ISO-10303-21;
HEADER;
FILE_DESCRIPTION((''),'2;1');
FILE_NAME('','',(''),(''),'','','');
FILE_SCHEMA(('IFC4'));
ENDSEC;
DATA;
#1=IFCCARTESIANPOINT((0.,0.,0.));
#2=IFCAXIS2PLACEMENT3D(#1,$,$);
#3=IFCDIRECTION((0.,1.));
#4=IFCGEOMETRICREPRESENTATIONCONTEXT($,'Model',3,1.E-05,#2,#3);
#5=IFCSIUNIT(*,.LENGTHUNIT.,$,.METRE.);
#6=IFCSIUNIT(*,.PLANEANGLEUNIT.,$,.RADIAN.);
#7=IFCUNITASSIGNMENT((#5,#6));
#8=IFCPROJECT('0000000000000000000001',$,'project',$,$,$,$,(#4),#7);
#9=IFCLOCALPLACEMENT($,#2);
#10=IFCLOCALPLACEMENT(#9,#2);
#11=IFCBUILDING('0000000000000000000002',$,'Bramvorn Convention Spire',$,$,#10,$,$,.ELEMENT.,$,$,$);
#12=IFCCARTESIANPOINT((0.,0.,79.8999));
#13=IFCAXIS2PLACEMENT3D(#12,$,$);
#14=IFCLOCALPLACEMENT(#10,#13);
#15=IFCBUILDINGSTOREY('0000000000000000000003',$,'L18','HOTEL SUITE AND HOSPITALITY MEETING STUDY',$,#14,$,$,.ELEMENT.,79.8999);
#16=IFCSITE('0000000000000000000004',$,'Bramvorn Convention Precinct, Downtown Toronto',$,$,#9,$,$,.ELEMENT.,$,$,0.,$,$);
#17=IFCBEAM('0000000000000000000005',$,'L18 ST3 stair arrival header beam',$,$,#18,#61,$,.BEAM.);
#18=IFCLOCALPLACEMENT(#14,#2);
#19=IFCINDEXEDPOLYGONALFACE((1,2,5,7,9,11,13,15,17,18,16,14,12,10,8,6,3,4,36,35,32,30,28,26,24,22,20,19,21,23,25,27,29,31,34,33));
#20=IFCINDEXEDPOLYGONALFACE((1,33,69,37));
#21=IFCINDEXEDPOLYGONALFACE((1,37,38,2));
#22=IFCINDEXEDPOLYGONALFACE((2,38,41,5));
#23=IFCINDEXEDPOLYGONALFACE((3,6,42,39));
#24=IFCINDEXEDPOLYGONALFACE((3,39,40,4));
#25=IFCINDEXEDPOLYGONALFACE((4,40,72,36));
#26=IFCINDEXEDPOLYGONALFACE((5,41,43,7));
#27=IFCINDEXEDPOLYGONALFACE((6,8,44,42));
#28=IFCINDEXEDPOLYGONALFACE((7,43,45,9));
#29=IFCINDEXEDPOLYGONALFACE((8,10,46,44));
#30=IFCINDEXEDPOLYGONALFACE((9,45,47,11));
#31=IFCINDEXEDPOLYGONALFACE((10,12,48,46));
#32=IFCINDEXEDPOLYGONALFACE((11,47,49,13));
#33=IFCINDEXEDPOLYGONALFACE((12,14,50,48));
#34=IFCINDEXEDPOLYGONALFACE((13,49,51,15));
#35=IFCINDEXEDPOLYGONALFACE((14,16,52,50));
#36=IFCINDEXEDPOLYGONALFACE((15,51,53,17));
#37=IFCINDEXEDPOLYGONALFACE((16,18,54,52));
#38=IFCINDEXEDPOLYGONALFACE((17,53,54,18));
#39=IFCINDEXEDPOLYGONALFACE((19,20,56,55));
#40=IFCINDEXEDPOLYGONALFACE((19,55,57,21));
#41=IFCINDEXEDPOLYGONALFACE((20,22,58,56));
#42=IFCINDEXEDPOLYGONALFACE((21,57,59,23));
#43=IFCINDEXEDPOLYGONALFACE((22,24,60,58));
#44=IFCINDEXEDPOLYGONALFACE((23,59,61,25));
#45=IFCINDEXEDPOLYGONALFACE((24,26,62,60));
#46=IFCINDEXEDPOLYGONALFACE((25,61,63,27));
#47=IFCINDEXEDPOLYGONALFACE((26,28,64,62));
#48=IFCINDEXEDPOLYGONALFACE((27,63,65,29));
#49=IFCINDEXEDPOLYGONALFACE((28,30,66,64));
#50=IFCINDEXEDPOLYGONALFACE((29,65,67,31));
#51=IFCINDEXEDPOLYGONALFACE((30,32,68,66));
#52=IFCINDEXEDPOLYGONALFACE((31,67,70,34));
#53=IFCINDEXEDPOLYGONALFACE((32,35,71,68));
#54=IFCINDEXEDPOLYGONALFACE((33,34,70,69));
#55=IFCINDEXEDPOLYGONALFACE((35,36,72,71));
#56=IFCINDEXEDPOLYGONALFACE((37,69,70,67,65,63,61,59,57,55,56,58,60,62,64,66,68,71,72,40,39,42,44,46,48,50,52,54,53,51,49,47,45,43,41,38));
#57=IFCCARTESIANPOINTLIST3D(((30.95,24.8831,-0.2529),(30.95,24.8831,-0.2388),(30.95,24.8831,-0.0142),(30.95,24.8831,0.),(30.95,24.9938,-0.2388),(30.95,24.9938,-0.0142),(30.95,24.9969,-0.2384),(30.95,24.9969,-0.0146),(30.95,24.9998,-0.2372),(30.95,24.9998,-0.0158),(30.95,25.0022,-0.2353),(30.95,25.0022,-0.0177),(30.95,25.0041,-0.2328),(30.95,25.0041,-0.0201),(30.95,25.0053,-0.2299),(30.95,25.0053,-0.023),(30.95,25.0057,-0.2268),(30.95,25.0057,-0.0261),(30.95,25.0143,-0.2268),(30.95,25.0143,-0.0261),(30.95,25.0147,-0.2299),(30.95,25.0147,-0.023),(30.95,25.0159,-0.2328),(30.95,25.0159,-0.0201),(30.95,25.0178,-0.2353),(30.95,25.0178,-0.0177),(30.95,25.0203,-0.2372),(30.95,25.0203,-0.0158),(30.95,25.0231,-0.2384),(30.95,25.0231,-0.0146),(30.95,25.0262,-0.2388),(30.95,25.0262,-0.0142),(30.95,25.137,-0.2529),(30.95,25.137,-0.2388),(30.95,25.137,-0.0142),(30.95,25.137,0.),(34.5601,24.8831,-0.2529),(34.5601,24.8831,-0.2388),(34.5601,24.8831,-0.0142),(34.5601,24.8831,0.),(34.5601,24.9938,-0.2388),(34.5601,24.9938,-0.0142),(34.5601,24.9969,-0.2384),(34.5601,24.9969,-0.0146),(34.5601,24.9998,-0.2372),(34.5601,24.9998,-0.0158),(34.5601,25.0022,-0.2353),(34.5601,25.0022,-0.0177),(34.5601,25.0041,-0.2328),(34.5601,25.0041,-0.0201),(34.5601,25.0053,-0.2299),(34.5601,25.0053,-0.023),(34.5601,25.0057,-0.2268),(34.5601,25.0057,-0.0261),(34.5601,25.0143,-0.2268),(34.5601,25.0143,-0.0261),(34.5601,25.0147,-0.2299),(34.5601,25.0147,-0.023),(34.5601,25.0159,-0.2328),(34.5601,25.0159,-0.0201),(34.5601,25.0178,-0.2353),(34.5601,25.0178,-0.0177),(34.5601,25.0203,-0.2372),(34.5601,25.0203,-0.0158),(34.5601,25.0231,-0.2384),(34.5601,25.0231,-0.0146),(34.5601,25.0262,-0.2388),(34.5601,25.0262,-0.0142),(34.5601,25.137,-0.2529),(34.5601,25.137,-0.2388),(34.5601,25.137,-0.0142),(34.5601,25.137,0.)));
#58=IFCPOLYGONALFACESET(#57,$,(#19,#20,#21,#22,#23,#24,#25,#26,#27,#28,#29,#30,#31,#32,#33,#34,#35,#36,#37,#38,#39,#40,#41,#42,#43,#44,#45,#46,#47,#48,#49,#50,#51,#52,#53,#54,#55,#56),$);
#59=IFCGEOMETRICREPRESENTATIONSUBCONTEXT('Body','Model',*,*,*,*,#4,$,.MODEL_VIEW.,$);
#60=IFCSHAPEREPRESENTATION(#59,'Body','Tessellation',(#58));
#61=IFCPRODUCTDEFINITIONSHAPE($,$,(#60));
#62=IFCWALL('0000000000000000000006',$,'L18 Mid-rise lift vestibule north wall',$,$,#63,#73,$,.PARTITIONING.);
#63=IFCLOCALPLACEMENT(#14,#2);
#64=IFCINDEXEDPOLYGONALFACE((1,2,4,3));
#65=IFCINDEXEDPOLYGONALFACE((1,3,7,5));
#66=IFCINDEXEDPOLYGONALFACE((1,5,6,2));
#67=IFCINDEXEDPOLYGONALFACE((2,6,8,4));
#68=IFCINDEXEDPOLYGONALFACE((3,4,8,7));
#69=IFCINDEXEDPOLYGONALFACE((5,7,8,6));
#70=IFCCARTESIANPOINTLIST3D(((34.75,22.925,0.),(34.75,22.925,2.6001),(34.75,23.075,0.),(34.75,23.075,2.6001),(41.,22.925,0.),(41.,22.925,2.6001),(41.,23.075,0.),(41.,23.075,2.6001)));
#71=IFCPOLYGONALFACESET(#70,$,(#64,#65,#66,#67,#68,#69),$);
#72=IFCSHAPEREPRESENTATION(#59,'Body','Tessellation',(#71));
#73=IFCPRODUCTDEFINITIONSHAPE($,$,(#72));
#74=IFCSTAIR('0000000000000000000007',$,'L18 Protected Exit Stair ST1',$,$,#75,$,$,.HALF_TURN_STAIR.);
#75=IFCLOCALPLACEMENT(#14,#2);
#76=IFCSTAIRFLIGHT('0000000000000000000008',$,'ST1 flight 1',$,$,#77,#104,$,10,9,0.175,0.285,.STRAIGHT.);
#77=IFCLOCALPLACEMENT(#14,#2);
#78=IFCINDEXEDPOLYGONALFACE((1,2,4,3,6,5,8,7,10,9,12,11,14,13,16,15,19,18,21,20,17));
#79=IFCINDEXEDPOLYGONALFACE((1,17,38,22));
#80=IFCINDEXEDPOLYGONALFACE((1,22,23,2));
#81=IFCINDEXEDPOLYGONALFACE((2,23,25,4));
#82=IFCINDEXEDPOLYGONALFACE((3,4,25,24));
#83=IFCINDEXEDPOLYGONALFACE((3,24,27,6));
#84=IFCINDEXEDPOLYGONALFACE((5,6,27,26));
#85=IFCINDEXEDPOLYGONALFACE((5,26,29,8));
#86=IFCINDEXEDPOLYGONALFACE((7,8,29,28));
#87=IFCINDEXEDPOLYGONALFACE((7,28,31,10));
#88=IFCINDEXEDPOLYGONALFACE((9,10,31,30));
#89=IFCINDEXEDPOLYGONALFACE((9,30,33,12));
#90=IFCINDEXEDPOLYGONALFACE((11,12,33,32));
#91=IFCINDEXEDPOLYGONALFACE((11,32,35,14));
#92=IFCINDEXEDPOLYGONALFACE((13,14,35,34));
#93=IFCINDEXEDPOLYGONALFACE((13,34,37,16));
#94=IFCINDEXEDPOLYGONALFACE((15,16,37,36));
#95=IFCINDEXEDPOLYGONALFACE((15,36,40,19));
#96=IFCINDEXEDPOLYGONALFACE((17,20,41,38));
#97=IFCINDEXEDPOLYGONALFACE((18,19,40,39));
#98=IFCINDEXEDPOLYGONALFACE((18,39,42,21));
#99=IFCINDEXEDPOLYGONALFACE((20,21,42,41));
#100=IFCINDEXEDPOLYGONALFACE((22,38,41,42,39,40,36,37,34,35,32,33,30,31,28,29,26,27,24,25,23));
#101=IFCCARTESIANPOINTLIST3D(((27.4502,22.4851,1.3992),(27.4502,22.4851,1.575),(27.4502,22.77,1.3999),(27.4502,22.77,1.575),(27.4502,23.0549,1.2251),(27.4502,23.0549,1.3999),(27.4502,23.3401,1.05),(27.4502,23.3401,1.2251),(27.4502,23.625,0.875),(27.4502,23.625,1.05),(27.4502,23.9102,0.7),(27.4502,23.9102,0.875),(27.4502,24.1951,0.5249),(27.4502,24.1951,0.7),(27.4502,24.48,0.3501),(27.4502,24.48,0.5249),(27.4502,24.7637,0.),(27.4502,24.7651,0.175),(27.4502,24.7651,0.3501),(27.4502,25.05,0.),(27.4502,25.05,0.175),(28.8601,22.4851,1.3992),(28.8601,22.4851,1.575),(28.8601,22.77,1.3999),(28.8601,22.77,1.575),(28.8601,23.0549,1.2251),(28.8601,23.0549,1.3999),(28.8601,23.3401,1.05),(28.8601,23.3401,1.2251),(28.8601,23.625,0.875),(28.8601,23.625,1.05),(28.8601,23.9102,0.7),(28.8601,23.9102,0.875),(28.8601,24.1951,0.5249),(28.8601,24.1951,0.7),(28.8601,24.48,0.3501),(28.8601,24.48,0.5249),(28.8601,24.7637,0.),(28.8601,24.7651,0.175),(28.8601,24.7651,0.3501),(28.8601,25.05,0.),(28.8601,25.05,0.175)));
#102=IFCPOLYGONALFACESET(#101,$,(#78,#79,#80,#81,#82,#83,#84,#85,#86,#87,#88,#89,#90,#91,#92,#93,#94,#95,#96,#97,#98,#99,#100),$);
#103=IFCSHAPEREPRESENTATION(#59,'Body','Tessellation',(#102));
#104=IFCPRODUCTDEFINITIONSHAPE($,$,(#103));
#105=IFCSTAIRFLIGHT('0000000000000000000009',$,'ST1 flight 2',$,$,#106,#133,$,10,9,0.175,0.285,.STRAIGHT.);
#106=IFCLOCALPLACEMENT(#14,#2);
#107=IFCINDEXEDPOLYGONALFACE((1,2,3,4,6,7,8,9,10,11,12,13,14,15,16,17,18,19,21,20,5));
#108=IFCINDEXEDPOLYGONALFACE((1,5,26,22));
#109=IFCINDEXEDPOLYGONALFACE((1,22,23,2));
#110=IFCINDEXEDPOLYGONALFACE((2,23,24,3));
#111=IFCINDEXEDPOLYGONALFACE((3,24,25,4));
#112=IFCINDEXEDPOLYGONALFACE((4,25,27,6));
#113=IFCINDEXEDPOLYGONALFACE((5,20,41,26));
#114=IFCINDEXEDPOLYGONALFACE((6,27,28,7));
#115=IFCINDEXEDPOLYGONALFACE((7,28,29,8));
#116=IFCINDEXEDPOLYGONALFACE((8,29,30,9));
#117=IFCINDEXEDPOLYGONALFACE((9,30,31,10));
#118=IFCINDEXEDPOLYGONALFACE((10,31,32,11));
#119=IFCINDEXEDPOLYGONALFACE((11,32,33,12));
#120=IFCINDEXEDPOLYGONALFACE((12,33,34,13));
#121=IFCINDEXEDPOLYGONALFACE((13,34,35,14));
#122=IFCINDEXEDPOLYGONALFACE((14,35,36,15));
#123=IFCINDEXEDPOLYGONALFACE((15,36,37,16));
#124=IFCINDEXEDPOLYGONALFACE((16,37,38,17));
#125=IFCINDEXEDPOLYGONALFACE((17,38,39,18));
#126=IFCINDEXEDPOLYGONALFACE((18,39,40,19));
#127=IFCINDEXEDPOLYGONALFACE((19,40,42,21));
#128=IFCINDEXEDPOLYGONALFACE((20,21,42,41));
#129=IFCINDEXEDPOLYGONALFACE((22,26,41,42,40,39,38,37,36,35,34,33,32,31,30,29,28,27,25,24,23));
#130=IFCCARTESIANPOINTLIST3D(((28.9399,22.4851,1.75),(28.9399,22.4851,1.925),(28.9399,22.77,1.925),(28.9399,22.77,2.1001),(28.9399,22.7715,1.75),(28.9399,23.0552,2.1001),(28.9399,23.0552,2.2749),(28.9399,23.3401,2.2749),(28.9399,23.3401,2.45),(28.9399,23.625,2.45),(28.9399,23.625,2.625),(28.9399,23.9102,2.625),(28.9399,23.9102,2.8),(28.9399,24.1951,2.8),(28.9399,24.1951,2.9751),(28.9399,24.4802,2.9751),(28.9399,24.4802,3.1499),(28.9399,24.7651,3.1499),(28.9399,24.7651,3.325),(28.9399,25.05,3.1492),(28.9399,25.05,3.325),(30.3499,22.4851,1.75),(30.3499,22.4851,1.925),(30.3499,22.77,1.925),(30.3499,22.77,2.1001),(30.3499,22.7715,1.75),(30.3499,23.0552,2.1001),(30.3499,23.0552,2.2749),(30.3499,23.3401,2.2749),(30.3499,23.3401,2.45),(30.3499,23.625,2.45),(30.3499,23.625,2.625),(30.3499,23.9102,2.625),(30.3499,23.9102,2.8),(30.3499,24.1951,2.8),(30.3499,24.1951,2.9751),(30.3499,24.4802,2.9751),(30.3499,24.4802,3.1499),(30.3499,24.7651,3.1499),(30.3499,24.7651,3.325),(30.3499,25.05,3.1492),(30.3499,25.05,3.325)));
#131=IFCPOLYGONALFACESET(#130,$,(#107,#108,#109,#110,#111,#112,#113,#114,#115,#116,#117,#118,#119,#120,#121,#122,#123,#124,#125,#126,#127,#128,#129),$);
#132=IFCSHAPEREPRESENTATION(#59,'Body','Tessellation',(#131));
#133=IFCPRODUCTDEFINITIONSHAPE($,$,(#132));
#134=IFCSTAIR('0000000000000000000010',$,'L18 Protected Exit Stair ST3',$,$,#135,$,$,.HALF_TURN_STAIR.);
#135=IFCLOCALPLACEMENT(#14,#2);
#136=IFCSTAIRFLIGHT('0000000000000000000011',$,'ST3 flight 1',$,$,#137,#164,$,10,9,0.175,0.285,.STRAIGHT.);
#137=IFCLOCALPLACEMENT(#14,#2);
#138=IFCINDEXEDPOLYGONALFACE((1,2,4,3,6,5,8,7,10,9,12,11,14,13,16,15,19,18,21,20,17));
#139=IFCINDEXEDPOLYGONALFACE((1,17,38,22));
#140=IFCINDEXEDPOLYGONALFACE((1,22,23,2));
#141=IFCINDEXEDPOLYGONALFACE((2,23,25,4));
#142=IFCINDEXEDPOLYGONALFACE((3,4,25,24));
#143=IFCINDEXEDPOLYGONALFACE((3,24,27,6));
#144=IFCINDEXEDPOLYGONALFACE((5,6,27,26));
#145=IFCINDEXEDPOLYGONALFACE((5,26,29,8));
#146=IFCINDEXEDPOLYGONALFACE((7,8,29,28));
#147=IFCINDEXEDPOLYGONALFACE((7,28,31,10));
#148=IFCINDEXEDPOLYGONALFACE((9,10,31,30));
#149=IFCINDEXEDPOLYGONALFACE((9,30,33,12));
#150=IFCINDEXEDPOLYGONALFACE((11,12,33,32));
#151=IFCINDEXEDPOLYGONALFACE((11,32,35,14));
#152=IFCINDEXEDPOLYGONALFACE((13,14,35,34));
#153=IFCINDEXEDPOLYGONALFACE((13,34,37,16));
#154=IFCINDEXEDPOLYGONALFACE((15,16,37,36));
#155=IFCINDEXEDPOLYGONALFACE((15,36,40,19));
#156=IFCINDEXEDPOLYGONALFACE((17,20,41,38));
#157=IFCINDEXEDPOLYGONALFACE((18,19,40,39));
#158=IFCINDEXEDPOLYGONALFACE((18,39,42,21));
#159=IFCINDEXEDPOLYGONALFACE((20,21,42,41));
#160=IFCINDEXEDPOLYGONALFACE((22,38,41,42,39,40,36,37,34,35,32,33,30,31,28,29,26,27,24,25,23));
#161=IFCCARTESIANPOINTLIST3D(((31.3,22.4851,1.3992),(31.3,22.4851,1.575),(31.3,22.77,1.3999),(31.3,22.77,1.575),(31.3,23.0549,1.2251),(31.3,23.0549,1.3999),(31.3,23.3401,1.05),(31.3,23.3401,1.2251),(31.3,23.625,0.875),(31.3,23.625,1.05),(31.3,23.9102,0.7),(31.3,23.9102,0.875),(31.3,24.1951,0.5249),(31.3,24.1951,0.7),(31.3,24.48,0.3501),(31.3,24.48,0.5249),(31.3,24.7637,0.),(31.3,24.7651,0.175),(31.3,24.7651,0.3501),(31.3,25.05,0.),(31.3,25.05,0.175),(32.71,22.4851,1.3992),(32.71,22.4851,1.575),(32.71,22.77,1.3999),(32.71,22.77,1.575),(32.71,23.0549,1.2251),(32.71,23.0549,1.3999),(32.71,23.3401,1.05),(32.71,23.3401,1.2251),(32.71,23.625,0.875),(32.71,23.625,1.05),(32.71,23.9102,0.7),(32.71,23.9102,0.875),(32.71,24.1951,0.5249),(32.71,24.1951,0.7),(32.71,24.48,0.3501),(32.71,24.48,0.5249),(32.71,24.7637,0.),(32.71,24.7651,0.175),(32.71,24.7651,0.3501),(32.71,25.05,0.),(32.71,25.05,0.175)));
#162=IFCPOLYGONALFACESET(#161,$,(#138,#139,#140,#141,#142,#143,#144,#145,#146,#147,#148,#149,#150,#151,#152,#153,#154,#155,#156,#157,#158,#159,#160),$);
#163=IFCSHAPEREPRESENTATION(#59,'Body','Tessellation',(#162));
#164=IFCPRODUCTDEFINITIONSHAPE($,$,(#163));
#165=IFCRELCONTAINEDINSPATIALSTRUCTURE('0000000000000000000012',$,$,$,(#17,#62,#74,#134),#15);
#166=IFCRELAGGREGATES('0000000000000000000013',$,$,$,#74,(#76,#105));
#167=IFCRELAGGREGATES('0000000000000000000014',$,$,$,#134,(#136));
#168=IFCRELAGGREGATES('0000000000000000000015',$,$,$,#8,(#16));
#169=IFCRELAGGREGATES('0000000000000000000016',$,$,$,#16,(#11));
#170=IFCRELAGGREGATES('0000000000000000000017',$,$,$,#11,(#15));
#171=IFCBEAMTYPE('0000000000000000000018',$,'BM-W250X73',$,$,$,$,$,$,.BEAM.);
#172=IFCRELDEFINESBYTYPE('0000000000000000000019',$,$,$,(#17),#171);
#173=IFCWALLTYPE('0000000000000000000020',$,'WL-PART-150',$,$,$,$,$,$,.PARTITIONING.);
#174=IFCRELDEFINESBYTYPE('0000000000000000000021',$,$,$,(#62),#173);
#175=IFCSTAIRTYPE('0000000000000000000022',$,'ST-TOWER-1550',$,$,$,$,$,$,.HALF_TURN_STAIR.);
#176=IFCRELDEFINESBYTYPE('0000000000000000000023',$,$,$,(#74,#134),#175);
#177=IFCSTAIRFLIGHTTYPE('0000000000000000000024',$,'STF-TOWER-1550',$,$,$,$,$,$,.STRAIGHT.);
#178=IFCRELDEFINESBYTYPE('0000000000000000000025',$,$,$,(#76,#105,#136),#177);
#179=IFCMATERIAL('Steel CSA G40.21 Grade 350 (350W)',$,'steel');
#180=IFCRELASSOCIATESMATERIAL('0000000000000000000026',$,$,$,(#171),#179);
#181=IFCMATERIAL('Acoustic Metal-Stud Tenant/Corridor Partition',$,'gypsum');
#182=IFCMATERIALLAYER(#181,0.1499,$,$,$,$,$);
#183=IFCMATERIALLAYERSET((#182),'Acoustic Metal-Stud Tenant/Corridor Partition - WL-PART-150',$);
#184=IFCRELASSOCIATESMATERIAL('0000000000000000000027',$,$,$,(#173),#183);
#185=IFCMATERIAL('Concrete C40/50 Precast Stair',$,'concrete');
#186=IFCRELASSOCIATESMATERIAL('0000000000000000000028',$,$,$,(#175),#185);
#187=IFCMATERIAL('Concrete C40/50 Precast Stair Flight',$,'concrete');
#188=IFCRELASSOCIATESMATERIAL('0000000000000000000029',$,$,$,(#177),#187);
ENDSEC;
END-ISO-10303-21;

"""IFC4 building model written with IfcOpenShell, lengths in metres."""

from ifc_helpers import new_model, si_unit, direction, frame, frame_2d, origin, origin_2d, place, context, subcontext, project, spatial, polyline, rectangle, i_section, outline, extrude, material, layer, layer_set, material_profile, profile_set, type_object, element, aggregate, save


model = new_model("IFC4")

# Units and contexts
model_context = context("Model", 3, precision=1e-05, world=origin(), true_north=direction((0.0, 1.0)))
body_context = subcontext(model_context, "Body", "Model", "MODEL_VIEW")
ifc_project = project(units=[si_unit("LENGTHUNIT", "METRE"), si_unit("PLANEANGLEUNIT", "RADIAN")], contexts=[model_context])

# Site, building, storey
site_placement = place(None, origin())
site = spatial("IfcSite", under=ifc_project, at=site_placement, Name="Bramvorn Convention Precinct, Downtown Toronto", CompositionType="ELEMENT", RefElevation=0.0)
building_placement = place(site_placement, origin())
building = spatial("IfcBuilding", under=site, at=building_placement, Name="Bramvorn Convention Spire", CompositionType="ELEMENT")
storey_placement = place(building_placement, frame((0.0, 0.0, 79.8999)))
storey = spatial("IfcBuildingStorey", under=building, at=storey_placement, Name="L18", Description="HOTEL SUITE AND HOSPITALITY MEETING STUDY", CompositionType="ELEMENT", Elevation=79.8999)

# Beam
ifc_material_1 = material(Name="Steel CSA G40.21 Grade 350 (350W)", Category="steel")
ifc_material_profile = material_profile(ifc_material_1, i_section(OverallWidth=0.2539, OverallDepth=0.2529, WebThickness=0.0085, FlangeThickness=0.0142, FilletRadius=0.012, at=origin_2d()))
ifc_profile_set = profile_set([ifc_material_profile], Name="Steel CSA G40.21 Grade 350 (350W) - W250X73")
beam_type = type_object("IfcBeamType", Name="BM-W250X73", PredefinedType="BEAM", material=ifc_profile_set)
beam_placement = place(storey_placement, frame((30.95, 25.01, -0.1265), z_axis=(1.0, 0.0, 0.0), x_axis=(0.0, 1.0, 0.0)))
element("IfcBeam", 1, at=beam_placement, inside=storey, type_object=beam_type, Name="L18 ST3 stair arrival header beam", PredefinedType="BEAM", context=body_context, shape_type="SweptSolid", body=[
    extrude(i_section(OverallWidth=0.2539, OverallDepth=0.2529, WebThickness=0.0085, FlangeThickness=0.0142, FilletRadius=0.012, at=origin_2d()), origin(), (0.0, 0.0, 1.0), 3.6101),
])

# Wall
ifc_material_2 = material(Name="Acoustic Metal-Stud Tenant/Corridor Partition", Category="gypsum")
ifc_layer = layer(ifc_material_2, 0.1499)
ifc_layer_set = layer_set([ifc_layer], Name="Acoustic Metal-Stud Tenant/Corridor Partition - WL-PART-150")
wall_type = type_object("IfcWallType", Name="WL-PART-150", PredefinedType="PARTITIONING", material=ifc_layer_set)
wall_placement = place(storey_placement, frame((34.75, 23.0, 0.0), z_axis=(0.0, 0.0, 1.0), x_axis=(1.0, 0.0, 0.0)))
element("IfcWall", 2, at=wall_placement, inside=storey, type_object=wall_type, Name="L18 Mid-rise lift vestibule north wall", PredefinedType="PARTITIONING", context=body_context, shape_type="SweptSolid", body=[
    extrude(rectangle(XDim=6.25, YDim=0.1499, at=frame_2d((3.125, 0.0))), origin(), (0.0, 0.0, 1.0), 2.6001),
])

# Stairs, stair flights
ifc_material_3 = material(Name="Concrete C40/50 Precast Stair", Category="concrete")
stair_type = type_object("IfcStairType", Name="ST-TOWER-1550", PredefinedType="HALF_TURN_STAIR", material=ifc_material_3)
stair_1_placement = place(storey_placement, origin())
stair_1 = element("IfcStair", 3, at=stair_1_placement, inside=storey, type_object=stair_type, Name="L18 Protected Exit Stair ST1", PredefinedType="HALF_TURN_STAIR")
ifc_material_4 = material(Name="Concrete C40/50 Precast Stair Flight", Category="concrete")
stair_flight_type = type_object("IfcStairFlightType", Name="STF-TOWER-1550", PredefinedType="STRAIGHT", material=ifc_material_4)
stair_flight_1_placement = place(storey_placement, frame((28.155, 25.05, 0.0), z_axis=(0.0, 0.0, 1.0), x_axis=(0.0, -1.0, 0.0)))
stair_flight_1 = element("IfcStairFlight", 4, at=stair_flight_1_placement, type_object=stair_flight_type, Name="ST1 flight 1", NumberOfRisers=10, NumberOfTreads=9, PredefinedType="STRAIGHT", RiserHeight=0.175, TreadLength=0.285, context=body_context, shape_type="SweptSolid", body=[
    extrude(outline(polyline([(0.0, 0.0), (0.0, 0.175), (0.2849, 0.175), (0.2849, 0.3501), (0.5701, 0.3501), (0.5701, 0.5249), (0.855, 0.5249), (0.855, 0.7), (1.1399, 0.7), (1.1399, 0.875), (1.425, 0.875), (1.425, 1.05), (1.71, 1.05), (1.71, 1.2251), (1.9951, 1.2251), (1.9951, 1.3999), (2.28, 1.3999), (2.28, 1.575), (2.5649, 1.575), (2.5649, 1.75), (2.5649, 1.3992), (0.2864, 0.0), (0.0, 0.0)])), frame((0.0, 0.7051, 0.0), z_axis=(0.0, -1.0, 0.0), x_axis=(1.0, 0.0, 0.0)), (0.0, 0.0, 1.0), 1.4099),
])
stair_flight_2_placement = place(storey_placement, frame((29.645, 22.4851, 1.75), z_axis=(0.0, 0.0, 1.0), x_axis=(0.0, 1.0, 0.0)))
stair_flight_2 = element("IfcStairFlight", 5, at=stair_flight_2_placement, type_object=stair_flight_type, Name="ST1 flight 2", NumberOfRisers=10, NumberOfTreads=9, PredefinedType="STRAIGHT", RiserHeight=0.175, TreadLength=0.285, context=body_context, shape_type="SweptSolid", body=[
    extrude(outline(polyline([(0.0, 0.0), (0.0, 0.175), (0.2849, 0.175), (0.2849, 0.3501), (0.5701, 0.3501), (0.5701, 0.5249), (0.855, 0.5249), (0.855, 0.7), (1.1399, 0.7), (1.1399, 0.875), (1.425, 0.875), (1.425, 1.05), (1.71, 1.05), (1.71, 1.2251), (1.9951, 1.2251), (1.9951, 1.3999), (2.28, 1.3999), (2.28, 1.575), (2.5649, 1.575), (2.5649, 1.75), (2.5649, 1.3992), (0.2864, 0.0), (0.0, 0.0)])), frame((0.0, 0.7051, 0.0), z_axis=(0.0, -1.0, 0.0), x_axis=(1.0, 0.0, 0.0)), (0.0, 0.0, 1.0), 1.4099),
])
aggregate(stair_1, [stair_flight_1, stair_flight_2])
stair_2_placement = place(storey_placement, origin())
stair_2 = element("IfcStair", 6, at=stair_2_placement, inside=storey, type_object=stair_type, Name="L18 Protected Exit Stair ST3", PredefinedType="HALF_TURN_STAIR")
stair_flight_3_placement = place(storey_placement, frame((32.0049, 25.05, 0.0), z_axis=(0.0, 0.0, 1.0), x_axis=(0.0, -1.0, 0.0)))
stair_flight_3 = element("IfcStairFlight", 7, at=stair_flight_3_placement, type_object=stair_flight_type, Name="ST3 flight 1", NumberOfRisers=10, NumberOfTreads=9, PredefinedType="STRAIGHT", RiserHeight=0.175, TreadLength=0.285, context=body_context, shape_type="SweptSolid", body=[
    extrude(outline(polyline([(0.0, 0.0), (0.0, 0.175), (0.2849, 0.175), (0.2849, 0.3501), (0.5701, 0.3501), (0.5701, 0.5249), (0.855, 0.5249), (0.855, 0.7), (1.1399, 0.7), (1.1399, 0.875), (1.425, 0.875), (1.425, 1.05), (1.71, 1.05), (1.71, 1.2251), (1.9951, 1.2251), (1.9951, 1.3999), (2.28, 1.3999), (2.28, 1.575), (2.5649, 1.575), (2.5649, 1.75), (2.5649, 1.3992), (0.2864, 0.0), (0.0, 0.0)])), frame((0.0, 0.7051, 0.0), z_axis=(0.0, -1.0, 0.0), x_axis=(1.0, 0.0, 0.0)), (0.0, 0.0, 1.0), 1.4099),
])
aggregate(stair_2, [stair_flight_3])

save(model, "model.ifc")
